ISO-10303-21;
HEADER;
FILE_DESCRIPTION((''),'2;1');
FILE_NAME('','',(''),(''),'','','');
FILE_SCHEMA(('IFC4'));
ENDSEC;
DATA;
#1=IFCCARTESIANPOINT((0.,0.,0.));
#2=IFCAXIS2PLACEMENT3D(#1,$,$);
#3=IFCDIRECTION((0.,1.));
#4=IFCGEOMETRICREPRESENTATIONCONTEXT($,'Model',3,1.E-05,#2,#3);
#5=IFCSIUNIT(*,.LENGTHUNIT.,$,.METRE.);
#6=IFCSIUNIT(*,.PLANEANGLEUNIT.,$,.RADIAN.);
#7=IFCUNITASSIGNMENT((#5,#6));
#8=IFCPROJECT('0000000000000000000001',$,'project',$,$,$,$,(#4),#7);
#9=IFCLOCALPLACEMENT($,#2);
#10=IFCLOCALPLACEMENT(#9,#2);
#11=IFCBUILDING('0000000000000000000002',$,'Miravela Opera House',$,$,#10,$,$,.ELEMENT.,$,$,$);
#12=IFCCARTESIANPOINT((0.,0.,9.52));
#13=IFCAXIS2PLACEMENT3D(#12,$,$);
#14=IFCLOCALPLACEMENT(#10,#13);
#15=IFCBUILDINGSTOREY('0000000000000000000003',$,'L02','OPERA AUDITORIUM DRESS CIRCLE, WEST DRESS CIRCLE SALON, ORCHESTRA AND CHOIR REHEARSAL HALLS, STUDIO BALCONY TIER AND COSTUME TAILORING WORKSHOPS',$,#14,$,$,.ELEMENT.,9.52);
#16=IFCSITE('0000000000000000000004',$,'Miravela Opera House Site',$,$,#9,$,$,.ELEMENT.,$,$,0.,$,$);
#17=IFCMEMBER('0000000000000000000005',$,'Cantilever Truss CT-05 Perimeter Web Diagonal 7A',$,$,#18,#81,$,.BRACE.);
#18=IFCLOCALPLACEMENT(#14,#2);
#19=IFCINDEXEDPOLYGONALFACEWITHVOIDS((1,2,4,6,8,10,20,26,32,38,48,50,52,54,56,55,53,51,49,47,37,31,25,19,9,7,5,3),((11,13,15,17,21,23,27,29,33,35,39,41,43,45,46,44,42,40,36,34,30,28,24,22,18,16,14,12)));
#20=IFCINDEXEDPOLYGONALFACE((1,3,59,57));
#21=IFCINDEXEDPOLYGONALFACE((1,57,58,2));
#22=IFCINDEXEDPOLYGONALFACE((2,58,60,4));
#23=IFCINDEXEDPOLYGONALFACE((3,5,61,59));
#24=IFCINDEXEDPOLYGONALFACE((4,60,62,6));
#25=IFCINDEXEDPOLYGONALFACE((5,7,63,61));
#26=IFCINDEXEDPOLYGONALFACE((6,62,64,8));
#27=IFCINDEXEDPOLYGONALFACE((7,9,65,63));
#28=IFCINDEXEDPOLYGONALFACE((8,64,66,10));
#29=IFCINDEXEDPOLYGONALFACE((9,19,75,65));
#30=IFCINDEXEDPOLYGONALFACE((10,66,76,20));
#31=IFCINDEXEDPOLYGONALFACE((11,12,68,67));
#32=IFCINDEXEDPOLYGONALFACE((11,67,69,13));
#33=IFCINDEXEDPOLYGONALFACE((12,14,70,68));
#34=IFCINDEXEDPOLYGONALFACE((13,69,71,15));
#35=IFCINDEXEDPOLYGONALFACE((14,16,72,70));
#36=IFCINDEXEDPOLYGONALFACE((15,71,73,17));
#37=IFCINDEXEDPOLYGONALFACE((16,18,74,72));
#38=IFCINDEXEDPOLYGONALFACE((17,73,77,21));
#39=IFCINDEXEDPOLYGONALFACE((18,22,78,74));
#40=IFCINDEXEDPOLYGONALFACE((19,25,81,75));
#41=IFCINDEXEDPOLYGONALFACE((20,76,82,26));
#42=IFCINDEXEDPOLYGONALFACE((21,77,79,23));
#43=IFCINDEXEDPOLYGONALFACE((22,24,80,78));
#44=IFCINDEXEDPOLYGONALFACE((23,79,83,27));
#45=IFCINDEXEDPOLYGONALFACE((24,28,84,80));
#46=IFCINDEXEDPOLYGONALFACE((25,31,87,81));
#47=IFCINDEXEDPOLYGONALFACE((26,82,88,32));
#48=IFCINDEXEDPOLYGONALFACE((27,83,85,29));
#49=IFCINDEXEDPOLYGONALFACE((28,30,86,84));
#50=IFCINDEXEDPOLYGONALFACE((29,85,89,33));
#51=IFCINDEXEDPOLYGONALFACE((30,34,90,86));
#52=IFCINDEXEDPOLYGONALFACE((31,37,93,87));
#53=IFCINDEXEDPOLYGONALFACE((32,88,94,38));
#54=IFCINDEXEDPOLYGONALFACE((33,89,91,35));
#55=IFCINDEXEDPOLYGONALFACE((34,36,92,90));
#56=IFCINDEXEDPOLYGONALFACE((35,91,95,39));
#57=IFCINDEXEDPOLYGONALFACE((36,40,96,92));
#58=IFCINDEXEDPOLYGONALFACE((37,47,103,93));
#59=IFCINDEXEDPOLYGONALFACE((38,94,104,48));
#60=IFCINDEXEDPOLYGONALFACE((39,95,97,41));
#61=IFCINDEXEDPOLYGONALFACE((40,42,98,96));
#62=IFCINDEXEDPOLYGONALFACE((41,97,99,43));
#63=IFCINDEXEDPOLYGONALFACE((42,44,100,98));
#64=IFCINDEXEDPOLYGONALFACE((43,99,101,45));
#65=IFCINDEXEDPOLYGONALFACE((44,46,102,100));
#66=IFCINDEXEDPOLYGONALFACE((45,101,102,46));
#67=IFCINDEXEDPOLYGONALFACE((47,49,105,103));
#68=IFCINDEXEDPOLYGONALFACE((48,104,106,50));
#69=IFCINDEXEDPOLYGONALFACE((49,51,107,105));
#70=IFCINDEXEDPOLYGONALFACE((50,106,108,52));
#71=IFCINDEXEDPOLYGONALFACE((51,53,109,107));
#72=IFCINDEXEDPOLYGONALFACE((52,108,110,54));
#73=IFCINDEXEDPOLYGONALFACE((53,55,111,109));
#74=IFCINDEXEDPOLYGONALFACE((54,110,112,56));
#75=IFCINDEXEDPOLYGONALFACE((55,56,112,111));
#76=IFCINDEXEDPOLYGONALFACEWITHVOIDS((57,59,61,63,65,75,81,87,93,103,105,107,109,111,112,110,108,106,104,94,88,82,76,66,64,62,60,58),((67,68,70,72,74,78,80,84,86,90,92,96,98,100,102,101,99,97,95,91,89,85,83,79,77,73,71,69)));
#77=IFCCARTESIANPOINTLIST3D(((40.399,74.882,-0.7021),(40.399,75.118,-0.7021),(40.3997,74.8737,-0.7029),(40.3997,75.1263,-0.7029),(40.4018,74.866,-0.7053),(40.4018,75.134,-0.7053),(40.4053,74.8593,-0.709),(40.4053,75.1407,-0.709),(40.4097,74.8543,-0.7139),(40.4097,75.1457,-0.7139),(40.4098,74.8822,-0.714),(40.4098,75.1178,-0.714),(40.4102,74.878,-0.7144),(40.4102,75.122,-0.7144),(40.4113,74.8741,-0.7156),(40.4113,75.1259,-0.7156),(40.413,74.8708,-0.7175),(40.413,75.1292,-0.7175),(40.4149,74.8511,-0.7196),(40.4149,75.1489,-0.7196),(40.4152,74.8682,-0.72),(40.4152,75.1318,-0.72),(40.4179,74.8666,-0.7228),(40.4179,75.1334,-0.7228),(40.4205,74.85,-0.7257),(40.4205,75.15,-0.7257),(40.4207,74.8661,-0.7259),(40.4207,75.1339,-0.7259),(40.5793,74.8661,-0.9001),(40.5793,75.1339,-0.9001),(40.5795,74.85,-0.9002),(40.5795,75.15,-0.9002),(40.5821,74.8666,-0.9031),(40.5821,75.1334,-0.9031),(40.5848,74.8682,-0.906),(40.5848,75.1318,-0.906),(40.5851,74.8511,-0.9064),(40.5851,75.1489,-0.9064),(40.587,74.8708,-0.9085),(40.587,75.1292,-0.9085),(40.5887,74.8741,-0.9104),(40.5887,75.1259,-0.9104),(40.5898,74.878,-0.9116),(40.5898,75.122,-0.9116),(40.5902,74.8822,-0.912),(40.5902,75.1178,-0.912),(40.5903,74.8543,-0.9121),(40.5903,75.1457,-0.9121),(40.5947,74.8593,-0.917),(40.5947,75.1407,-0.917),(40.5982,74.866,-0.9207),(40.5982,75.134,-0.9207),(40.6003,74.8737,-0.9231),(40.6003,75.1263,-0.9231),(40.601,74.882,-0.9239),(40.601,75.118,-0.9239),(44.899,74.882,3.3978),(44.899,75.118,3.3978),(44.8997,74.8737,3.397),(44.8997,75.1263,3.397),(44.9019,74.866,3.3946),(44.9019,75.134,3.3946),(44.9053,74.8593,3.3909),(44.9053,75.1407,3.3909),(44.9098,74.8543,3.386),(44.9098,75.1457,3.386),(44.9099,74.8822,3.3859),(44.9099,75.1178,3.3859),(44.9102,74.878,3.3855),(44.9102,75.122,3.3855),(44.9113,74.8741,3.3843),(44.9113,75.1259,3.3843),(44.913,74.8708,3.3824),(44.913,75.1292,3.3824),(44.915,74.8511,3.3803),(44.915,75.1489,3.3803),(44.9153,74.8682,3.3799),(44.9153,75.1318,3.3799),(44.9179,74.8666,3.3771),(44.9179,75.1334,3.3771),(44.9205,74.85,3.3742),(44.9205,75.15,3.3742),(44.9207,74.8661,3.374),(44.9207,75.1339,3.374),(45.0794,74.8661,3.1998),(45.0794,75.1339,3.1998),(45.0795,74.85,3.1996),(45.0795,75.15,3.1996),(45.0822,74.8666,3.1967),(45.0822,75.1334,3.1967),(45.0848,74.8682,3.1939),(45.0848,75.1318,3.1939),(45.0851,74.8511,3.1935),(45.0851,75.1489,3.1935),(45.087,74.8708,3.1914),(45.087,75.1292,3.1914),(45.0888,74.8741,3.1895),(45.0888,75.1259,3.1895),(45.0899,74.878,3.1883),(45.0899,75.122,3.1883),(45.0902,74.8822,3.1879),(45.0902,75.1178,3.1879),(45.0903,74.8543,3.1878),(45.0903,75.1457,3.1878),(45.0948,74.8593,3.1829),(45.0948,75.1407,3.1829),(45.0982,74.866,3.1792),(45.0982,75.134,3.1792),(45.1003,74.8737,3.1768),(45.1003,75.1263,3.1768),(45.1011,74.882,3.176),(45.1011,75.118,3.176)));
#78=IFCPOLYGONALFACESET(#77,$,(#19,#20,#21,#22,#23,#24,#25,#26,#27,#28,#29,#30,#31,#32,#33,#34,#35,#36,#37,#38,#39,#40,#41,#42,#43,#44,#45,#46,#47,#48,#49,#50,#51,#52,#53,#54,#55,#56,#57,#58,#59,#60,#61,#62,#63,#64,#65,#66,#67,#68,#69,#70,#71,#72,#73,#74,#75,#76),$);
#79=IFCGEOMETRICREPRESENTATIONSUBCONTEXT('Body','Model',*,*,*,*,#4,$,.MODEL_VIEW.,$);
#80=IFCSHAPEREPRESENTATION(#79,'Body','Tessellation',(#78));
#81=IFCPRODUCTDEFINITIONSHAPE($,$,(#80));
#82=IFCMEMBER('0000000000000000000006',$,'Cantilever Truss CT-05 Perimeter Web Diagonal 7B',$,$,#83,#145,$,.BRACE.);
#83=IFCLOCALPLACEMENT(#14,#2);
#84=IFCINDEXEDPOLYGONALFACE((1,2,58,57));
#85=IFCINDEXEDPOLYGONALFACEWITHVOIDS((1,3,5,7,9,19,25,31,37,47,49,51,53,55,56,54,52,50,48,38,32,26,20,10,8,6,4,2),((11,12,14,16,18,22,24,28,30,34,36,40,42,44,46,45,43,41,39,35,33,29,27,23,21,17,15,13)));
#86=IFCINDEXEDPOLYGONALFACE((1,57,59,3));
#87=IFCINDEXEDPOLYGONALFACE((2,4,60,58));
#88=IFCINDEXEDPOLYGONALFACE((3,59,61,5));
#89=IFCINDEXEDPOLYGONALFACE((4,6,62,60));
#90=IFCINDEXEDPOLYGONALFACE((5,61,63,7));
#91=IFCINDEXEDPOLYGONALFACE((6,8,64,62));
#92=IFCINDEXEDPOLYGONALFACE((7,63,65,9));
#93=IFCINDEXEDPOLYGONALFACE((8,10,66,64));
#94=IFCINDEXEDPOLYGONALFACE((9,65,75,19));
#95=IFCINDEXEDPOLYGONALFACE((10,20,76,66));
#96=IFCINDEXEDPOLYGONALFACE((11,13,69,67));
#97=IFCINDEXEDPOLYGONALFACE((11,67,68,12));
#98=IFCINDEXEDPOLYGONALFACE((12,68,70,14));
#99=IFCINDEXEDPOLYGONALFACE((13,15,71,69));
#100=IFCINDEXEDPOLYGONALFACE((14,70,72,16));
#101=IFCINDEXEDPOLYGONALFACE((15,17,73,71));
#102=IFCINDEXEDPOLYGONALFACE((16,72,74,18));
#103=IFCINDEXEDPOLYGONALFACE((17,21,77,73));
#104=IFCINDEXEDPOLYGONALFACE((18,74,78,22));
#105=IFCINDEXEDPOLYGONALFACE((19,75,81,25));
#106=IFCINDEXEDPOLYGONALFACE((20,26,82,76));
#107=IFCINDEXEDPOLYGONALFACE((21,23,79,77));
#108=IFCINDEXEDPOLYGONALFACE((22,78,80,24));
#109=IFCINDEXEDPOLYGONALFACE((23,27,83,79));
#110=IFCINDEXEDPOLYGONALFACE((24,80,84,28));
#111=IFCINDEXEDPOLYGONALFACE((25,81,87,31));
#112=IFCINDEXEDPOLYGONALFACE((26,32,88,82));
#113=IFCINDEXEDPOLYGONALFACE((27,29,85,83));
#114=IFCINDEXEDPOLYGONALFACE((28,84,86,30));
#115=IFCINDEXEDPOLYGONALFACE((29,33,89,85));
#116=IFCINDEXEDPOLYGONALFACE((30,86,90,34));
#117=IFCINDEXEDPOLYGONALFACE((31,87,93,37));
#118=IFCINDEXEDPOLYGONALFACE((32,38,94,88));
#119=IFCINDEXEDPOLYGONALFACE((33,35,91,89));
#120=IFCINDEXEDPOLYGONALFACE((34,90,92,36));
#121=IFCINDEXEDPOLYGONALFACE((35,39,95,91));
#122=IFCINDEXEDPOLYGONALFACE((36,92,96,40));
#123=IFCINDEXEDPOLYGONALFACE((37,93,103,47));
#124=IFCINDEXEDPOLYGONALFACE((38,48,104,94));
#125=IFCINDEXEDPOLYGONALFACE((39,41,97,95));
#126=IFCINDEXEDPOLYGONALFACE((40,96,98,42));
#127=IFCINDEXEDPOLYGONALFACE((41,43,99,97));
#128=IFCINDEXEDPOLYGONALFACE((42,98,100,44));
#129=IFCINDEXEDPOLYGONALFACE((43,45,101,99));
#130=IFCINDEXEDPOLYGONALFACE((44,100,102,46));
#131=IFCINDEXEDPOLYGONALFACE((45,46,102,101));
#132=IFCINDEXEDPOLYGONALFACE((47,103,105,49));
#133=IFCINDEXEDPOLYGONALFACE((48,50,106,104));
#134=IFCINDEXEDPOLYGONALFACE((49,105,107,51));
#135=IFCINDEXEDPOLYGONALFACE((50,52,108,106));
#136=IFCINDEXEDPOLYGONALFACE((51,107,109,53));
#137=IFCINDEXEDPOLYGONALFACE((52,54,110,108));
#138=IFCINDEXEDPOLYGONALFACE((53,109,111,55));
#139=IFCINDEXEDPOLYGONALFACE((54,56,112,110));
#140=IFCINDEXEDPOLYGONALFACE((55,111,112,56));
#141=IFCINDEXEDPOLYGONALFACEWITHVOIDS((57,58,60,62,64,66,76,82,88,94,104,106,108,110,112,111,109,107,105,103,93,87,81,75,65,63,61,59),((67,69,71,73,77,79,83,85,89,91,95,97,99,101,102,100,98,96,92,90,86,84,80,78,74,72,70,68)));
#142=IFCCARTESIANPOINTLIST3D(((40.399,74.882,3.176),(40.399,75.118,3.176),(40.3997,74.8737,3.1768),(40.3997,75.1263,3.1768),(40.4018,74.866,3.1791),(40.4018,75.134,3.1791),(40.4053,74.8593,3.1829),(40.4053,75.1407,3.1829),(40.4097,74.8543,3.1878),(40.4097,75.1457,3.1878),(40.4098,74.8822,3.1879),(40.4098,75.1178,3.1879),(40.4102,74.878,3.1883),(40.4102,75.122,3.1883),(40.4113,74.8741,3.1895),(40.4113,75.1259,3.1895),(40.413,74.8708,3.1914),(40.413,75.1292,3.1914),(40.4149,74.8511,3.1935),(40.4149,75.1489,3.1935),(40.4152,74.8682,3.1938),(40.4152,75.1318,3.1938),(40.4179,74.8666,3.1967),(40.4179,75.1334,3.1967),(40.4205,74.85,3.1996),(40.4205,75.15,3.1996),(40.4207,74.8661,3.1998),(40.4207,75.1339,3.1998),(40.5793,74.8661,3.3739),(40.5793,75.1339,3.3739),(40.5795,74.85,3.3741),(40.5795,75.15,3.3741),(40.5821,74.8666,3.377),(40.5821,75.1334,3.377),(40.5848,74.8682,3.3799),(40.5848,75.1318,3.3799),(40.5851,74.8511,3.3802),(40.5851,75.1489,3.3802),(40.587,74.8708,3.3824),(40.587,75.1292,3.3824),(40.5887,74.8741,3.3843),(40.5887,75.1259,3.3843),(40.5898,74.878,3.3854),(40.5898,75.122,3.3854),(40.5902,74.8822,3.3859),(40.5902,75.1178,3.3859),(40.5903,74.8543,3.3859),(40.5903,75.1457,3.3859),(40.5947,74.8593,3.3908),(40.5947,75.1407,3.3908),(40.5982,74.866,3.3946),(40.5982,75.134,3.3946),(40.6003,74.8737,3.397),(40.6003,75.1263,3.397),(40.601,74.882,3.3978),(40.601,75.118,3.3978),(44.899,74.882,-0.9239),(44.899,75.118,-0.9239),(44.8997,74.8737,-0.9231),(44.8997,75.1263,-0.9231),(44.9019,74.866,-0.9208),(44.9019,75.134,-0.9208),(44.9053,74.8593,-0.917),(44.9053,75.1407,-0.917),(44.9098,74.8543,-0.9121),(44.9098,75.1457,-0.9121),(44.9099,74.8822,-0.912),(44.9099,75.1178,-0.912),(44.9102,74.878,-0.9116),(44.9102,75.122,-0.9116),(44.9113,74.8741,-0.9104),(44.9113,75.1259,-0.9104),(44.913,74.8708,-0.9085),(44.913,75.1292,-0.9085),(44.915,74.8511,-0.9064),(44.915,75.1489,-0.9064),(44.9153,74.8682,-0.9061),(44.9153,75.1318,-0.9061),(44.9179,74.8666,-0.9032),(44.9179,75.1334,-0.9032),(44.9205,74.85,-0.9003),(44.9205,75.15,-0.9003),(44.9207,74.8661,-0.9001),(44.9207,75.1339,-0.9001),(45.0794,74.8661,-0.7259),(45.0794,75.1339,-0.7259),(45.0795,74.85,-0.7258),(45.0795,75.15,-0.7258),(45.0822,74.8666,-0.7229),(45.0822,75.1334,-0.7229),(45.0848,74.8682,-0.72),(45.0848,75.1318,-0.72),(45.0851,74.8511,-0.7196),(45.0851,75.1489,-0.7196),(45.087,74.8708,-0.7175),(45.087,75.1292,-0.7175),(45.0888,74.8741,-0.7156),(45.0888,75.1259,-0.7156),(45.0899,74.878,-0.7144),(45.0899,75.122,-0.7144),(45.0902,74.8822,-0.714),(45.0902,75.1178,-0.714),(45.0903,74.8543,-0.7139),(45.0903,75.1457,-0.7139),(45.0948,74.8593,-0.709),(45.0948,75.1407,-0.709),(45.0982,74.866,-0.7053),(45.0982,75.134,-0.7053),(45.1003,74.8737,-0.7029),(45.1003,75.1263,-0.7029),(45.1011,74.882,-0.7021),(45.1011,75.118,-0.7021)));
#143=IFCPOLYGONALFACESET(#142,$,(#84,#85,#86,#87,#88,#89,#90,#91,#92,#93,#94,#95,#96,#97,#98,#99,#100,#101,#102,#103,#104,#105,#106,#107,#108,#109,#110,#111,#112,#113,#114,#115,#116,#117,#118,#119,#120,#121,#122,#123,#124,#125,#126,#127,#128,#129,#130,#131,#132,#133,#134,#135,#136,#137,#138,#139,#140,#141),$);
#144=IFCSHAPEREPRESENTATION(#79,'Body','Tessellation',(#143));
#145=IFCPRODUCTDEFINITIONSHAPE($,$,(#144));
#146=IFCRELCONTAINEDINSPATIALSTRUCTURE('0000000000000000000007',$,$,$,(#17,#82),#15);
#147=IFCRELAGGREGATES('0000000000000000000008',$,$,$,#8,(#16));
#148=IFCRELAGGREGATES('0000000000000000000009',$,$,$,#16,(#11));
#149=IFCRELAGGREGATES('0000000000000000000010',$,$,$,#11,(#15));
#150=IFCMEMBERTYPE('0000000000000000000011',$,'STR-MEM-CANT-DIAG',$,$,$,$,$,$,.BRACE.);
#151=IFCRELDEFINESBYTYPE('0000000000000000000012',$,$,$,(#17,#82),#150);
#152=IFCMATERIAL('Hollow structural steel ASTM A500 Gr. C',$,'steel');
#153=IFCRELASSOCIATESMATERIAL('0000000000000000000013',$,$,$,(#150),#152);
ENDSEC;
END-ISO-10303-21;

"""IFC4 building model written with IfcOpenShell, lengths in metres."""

from ifc_helpers import new_model, si_unit, direction, frame, origin, origin_2d, place, context, subcontext, project, spatial, hollow_rectangle, extrude, material, material_profile, profile_set, type_object, element, save


model = new_model("IFC4")

# Units and contexts
model_context = context("Model", 3, precision=1e-05, world=origin(), true_north=direction((0.0, 1.0)))
body_context = subcontext(model_context, "Body", "Model", "MODEL_VIEW")
ifc_project = project(units=[si_unit("LENGTHUNIT", "METRE"), si_unit("PLANEANGLEUNIT", "RADIAN")], contexts=[model_context])

# Site, building, storey
site_placement = place(None, origin())
site = spatial("IfcSite", under=ifc_project, at=site_placement, Name="Miravela Opera House Site", CompositionType="ELEMENT", RefElevation=0.0)
building_placement = place(site_placement, origin())
building = spatial("IfcBuilding", under=site, at=building_placement, Name="Miravela Opera House", CompositionType="ELEMENT")
storey_placement = place(building_placement, frame((0.0, 0.0, 9.52)))
storey = spatial("IfcBuildingStorey", under=building, at=storey_placement, Name="L02", Description="OPERA AUDITORIUM DRESS CIRCLE, WEST DRESS CIRCLE SALON, ORCHESTRA AND CHOIR REHEARSAL HALLS, STUDIO BALCONY TIER AND COSTUME TAILORING WORKSHOPS", CompositionType="ELEMENT", Elevation=9.52)

# Members
ifc_material_1 = material(Name="Hollow structural steel ASTM A500 Gr. C", Category="steel")
ifc_material_profile_1 = material_profile(ifc_material_1, hollow_rectangle(XDim=0.3, YDim=0.3, WallThickness=0.0161, InnerFilletRadius=0.0161, OuterFilletRadius=0.032, at=origin_2d()), Name="HSS300X300X16")
ifc_profile_set_1 = profile_set([ifc_material_profile_1])
member_type_1 = type_object("IfcMemberType", Name="STR-MEM-CANT-DIAG", PredefinedType="BRACE", material=ifc_profile_set_1)
for number, where, z_axis, x_axis, name in (
    (1, (40.5, 75.0, -0.813), (0.739208, 0.0, 0.673477), (0.0, 1.0, 0.0), "Cantilever Truss CT-05 Perimeter Web Diagonal 7A"),
    (2, (40.5, 75.0, 3.2869), (0.739208, 0.0, -0.673477), (0.0, 1.0, 0.0), "Cantilever Truss CT-05 Perimeter Web Diagonal 7B"),
):
    element("IfcMember", number, at=place(storey_placement, frame(where, z_axis=z_axis, x_axis=x_axis)), inside=storey, type_object=member_type_1, Name=name, PredefinedType="BRACE", context=body_context, shape_type="SweptSolid", body=[
        extrude(hollow_rectangle(XDim=0.3, YDim=0.3, WallThickness=0.0161, InnerFilletRadius=0.0161, OuterFilletRadius=0.032, at=origin_2d()), origin(), (0.0, 0.0, 1.0), 6.0876),
    ])

save(model, "model.ifc")
